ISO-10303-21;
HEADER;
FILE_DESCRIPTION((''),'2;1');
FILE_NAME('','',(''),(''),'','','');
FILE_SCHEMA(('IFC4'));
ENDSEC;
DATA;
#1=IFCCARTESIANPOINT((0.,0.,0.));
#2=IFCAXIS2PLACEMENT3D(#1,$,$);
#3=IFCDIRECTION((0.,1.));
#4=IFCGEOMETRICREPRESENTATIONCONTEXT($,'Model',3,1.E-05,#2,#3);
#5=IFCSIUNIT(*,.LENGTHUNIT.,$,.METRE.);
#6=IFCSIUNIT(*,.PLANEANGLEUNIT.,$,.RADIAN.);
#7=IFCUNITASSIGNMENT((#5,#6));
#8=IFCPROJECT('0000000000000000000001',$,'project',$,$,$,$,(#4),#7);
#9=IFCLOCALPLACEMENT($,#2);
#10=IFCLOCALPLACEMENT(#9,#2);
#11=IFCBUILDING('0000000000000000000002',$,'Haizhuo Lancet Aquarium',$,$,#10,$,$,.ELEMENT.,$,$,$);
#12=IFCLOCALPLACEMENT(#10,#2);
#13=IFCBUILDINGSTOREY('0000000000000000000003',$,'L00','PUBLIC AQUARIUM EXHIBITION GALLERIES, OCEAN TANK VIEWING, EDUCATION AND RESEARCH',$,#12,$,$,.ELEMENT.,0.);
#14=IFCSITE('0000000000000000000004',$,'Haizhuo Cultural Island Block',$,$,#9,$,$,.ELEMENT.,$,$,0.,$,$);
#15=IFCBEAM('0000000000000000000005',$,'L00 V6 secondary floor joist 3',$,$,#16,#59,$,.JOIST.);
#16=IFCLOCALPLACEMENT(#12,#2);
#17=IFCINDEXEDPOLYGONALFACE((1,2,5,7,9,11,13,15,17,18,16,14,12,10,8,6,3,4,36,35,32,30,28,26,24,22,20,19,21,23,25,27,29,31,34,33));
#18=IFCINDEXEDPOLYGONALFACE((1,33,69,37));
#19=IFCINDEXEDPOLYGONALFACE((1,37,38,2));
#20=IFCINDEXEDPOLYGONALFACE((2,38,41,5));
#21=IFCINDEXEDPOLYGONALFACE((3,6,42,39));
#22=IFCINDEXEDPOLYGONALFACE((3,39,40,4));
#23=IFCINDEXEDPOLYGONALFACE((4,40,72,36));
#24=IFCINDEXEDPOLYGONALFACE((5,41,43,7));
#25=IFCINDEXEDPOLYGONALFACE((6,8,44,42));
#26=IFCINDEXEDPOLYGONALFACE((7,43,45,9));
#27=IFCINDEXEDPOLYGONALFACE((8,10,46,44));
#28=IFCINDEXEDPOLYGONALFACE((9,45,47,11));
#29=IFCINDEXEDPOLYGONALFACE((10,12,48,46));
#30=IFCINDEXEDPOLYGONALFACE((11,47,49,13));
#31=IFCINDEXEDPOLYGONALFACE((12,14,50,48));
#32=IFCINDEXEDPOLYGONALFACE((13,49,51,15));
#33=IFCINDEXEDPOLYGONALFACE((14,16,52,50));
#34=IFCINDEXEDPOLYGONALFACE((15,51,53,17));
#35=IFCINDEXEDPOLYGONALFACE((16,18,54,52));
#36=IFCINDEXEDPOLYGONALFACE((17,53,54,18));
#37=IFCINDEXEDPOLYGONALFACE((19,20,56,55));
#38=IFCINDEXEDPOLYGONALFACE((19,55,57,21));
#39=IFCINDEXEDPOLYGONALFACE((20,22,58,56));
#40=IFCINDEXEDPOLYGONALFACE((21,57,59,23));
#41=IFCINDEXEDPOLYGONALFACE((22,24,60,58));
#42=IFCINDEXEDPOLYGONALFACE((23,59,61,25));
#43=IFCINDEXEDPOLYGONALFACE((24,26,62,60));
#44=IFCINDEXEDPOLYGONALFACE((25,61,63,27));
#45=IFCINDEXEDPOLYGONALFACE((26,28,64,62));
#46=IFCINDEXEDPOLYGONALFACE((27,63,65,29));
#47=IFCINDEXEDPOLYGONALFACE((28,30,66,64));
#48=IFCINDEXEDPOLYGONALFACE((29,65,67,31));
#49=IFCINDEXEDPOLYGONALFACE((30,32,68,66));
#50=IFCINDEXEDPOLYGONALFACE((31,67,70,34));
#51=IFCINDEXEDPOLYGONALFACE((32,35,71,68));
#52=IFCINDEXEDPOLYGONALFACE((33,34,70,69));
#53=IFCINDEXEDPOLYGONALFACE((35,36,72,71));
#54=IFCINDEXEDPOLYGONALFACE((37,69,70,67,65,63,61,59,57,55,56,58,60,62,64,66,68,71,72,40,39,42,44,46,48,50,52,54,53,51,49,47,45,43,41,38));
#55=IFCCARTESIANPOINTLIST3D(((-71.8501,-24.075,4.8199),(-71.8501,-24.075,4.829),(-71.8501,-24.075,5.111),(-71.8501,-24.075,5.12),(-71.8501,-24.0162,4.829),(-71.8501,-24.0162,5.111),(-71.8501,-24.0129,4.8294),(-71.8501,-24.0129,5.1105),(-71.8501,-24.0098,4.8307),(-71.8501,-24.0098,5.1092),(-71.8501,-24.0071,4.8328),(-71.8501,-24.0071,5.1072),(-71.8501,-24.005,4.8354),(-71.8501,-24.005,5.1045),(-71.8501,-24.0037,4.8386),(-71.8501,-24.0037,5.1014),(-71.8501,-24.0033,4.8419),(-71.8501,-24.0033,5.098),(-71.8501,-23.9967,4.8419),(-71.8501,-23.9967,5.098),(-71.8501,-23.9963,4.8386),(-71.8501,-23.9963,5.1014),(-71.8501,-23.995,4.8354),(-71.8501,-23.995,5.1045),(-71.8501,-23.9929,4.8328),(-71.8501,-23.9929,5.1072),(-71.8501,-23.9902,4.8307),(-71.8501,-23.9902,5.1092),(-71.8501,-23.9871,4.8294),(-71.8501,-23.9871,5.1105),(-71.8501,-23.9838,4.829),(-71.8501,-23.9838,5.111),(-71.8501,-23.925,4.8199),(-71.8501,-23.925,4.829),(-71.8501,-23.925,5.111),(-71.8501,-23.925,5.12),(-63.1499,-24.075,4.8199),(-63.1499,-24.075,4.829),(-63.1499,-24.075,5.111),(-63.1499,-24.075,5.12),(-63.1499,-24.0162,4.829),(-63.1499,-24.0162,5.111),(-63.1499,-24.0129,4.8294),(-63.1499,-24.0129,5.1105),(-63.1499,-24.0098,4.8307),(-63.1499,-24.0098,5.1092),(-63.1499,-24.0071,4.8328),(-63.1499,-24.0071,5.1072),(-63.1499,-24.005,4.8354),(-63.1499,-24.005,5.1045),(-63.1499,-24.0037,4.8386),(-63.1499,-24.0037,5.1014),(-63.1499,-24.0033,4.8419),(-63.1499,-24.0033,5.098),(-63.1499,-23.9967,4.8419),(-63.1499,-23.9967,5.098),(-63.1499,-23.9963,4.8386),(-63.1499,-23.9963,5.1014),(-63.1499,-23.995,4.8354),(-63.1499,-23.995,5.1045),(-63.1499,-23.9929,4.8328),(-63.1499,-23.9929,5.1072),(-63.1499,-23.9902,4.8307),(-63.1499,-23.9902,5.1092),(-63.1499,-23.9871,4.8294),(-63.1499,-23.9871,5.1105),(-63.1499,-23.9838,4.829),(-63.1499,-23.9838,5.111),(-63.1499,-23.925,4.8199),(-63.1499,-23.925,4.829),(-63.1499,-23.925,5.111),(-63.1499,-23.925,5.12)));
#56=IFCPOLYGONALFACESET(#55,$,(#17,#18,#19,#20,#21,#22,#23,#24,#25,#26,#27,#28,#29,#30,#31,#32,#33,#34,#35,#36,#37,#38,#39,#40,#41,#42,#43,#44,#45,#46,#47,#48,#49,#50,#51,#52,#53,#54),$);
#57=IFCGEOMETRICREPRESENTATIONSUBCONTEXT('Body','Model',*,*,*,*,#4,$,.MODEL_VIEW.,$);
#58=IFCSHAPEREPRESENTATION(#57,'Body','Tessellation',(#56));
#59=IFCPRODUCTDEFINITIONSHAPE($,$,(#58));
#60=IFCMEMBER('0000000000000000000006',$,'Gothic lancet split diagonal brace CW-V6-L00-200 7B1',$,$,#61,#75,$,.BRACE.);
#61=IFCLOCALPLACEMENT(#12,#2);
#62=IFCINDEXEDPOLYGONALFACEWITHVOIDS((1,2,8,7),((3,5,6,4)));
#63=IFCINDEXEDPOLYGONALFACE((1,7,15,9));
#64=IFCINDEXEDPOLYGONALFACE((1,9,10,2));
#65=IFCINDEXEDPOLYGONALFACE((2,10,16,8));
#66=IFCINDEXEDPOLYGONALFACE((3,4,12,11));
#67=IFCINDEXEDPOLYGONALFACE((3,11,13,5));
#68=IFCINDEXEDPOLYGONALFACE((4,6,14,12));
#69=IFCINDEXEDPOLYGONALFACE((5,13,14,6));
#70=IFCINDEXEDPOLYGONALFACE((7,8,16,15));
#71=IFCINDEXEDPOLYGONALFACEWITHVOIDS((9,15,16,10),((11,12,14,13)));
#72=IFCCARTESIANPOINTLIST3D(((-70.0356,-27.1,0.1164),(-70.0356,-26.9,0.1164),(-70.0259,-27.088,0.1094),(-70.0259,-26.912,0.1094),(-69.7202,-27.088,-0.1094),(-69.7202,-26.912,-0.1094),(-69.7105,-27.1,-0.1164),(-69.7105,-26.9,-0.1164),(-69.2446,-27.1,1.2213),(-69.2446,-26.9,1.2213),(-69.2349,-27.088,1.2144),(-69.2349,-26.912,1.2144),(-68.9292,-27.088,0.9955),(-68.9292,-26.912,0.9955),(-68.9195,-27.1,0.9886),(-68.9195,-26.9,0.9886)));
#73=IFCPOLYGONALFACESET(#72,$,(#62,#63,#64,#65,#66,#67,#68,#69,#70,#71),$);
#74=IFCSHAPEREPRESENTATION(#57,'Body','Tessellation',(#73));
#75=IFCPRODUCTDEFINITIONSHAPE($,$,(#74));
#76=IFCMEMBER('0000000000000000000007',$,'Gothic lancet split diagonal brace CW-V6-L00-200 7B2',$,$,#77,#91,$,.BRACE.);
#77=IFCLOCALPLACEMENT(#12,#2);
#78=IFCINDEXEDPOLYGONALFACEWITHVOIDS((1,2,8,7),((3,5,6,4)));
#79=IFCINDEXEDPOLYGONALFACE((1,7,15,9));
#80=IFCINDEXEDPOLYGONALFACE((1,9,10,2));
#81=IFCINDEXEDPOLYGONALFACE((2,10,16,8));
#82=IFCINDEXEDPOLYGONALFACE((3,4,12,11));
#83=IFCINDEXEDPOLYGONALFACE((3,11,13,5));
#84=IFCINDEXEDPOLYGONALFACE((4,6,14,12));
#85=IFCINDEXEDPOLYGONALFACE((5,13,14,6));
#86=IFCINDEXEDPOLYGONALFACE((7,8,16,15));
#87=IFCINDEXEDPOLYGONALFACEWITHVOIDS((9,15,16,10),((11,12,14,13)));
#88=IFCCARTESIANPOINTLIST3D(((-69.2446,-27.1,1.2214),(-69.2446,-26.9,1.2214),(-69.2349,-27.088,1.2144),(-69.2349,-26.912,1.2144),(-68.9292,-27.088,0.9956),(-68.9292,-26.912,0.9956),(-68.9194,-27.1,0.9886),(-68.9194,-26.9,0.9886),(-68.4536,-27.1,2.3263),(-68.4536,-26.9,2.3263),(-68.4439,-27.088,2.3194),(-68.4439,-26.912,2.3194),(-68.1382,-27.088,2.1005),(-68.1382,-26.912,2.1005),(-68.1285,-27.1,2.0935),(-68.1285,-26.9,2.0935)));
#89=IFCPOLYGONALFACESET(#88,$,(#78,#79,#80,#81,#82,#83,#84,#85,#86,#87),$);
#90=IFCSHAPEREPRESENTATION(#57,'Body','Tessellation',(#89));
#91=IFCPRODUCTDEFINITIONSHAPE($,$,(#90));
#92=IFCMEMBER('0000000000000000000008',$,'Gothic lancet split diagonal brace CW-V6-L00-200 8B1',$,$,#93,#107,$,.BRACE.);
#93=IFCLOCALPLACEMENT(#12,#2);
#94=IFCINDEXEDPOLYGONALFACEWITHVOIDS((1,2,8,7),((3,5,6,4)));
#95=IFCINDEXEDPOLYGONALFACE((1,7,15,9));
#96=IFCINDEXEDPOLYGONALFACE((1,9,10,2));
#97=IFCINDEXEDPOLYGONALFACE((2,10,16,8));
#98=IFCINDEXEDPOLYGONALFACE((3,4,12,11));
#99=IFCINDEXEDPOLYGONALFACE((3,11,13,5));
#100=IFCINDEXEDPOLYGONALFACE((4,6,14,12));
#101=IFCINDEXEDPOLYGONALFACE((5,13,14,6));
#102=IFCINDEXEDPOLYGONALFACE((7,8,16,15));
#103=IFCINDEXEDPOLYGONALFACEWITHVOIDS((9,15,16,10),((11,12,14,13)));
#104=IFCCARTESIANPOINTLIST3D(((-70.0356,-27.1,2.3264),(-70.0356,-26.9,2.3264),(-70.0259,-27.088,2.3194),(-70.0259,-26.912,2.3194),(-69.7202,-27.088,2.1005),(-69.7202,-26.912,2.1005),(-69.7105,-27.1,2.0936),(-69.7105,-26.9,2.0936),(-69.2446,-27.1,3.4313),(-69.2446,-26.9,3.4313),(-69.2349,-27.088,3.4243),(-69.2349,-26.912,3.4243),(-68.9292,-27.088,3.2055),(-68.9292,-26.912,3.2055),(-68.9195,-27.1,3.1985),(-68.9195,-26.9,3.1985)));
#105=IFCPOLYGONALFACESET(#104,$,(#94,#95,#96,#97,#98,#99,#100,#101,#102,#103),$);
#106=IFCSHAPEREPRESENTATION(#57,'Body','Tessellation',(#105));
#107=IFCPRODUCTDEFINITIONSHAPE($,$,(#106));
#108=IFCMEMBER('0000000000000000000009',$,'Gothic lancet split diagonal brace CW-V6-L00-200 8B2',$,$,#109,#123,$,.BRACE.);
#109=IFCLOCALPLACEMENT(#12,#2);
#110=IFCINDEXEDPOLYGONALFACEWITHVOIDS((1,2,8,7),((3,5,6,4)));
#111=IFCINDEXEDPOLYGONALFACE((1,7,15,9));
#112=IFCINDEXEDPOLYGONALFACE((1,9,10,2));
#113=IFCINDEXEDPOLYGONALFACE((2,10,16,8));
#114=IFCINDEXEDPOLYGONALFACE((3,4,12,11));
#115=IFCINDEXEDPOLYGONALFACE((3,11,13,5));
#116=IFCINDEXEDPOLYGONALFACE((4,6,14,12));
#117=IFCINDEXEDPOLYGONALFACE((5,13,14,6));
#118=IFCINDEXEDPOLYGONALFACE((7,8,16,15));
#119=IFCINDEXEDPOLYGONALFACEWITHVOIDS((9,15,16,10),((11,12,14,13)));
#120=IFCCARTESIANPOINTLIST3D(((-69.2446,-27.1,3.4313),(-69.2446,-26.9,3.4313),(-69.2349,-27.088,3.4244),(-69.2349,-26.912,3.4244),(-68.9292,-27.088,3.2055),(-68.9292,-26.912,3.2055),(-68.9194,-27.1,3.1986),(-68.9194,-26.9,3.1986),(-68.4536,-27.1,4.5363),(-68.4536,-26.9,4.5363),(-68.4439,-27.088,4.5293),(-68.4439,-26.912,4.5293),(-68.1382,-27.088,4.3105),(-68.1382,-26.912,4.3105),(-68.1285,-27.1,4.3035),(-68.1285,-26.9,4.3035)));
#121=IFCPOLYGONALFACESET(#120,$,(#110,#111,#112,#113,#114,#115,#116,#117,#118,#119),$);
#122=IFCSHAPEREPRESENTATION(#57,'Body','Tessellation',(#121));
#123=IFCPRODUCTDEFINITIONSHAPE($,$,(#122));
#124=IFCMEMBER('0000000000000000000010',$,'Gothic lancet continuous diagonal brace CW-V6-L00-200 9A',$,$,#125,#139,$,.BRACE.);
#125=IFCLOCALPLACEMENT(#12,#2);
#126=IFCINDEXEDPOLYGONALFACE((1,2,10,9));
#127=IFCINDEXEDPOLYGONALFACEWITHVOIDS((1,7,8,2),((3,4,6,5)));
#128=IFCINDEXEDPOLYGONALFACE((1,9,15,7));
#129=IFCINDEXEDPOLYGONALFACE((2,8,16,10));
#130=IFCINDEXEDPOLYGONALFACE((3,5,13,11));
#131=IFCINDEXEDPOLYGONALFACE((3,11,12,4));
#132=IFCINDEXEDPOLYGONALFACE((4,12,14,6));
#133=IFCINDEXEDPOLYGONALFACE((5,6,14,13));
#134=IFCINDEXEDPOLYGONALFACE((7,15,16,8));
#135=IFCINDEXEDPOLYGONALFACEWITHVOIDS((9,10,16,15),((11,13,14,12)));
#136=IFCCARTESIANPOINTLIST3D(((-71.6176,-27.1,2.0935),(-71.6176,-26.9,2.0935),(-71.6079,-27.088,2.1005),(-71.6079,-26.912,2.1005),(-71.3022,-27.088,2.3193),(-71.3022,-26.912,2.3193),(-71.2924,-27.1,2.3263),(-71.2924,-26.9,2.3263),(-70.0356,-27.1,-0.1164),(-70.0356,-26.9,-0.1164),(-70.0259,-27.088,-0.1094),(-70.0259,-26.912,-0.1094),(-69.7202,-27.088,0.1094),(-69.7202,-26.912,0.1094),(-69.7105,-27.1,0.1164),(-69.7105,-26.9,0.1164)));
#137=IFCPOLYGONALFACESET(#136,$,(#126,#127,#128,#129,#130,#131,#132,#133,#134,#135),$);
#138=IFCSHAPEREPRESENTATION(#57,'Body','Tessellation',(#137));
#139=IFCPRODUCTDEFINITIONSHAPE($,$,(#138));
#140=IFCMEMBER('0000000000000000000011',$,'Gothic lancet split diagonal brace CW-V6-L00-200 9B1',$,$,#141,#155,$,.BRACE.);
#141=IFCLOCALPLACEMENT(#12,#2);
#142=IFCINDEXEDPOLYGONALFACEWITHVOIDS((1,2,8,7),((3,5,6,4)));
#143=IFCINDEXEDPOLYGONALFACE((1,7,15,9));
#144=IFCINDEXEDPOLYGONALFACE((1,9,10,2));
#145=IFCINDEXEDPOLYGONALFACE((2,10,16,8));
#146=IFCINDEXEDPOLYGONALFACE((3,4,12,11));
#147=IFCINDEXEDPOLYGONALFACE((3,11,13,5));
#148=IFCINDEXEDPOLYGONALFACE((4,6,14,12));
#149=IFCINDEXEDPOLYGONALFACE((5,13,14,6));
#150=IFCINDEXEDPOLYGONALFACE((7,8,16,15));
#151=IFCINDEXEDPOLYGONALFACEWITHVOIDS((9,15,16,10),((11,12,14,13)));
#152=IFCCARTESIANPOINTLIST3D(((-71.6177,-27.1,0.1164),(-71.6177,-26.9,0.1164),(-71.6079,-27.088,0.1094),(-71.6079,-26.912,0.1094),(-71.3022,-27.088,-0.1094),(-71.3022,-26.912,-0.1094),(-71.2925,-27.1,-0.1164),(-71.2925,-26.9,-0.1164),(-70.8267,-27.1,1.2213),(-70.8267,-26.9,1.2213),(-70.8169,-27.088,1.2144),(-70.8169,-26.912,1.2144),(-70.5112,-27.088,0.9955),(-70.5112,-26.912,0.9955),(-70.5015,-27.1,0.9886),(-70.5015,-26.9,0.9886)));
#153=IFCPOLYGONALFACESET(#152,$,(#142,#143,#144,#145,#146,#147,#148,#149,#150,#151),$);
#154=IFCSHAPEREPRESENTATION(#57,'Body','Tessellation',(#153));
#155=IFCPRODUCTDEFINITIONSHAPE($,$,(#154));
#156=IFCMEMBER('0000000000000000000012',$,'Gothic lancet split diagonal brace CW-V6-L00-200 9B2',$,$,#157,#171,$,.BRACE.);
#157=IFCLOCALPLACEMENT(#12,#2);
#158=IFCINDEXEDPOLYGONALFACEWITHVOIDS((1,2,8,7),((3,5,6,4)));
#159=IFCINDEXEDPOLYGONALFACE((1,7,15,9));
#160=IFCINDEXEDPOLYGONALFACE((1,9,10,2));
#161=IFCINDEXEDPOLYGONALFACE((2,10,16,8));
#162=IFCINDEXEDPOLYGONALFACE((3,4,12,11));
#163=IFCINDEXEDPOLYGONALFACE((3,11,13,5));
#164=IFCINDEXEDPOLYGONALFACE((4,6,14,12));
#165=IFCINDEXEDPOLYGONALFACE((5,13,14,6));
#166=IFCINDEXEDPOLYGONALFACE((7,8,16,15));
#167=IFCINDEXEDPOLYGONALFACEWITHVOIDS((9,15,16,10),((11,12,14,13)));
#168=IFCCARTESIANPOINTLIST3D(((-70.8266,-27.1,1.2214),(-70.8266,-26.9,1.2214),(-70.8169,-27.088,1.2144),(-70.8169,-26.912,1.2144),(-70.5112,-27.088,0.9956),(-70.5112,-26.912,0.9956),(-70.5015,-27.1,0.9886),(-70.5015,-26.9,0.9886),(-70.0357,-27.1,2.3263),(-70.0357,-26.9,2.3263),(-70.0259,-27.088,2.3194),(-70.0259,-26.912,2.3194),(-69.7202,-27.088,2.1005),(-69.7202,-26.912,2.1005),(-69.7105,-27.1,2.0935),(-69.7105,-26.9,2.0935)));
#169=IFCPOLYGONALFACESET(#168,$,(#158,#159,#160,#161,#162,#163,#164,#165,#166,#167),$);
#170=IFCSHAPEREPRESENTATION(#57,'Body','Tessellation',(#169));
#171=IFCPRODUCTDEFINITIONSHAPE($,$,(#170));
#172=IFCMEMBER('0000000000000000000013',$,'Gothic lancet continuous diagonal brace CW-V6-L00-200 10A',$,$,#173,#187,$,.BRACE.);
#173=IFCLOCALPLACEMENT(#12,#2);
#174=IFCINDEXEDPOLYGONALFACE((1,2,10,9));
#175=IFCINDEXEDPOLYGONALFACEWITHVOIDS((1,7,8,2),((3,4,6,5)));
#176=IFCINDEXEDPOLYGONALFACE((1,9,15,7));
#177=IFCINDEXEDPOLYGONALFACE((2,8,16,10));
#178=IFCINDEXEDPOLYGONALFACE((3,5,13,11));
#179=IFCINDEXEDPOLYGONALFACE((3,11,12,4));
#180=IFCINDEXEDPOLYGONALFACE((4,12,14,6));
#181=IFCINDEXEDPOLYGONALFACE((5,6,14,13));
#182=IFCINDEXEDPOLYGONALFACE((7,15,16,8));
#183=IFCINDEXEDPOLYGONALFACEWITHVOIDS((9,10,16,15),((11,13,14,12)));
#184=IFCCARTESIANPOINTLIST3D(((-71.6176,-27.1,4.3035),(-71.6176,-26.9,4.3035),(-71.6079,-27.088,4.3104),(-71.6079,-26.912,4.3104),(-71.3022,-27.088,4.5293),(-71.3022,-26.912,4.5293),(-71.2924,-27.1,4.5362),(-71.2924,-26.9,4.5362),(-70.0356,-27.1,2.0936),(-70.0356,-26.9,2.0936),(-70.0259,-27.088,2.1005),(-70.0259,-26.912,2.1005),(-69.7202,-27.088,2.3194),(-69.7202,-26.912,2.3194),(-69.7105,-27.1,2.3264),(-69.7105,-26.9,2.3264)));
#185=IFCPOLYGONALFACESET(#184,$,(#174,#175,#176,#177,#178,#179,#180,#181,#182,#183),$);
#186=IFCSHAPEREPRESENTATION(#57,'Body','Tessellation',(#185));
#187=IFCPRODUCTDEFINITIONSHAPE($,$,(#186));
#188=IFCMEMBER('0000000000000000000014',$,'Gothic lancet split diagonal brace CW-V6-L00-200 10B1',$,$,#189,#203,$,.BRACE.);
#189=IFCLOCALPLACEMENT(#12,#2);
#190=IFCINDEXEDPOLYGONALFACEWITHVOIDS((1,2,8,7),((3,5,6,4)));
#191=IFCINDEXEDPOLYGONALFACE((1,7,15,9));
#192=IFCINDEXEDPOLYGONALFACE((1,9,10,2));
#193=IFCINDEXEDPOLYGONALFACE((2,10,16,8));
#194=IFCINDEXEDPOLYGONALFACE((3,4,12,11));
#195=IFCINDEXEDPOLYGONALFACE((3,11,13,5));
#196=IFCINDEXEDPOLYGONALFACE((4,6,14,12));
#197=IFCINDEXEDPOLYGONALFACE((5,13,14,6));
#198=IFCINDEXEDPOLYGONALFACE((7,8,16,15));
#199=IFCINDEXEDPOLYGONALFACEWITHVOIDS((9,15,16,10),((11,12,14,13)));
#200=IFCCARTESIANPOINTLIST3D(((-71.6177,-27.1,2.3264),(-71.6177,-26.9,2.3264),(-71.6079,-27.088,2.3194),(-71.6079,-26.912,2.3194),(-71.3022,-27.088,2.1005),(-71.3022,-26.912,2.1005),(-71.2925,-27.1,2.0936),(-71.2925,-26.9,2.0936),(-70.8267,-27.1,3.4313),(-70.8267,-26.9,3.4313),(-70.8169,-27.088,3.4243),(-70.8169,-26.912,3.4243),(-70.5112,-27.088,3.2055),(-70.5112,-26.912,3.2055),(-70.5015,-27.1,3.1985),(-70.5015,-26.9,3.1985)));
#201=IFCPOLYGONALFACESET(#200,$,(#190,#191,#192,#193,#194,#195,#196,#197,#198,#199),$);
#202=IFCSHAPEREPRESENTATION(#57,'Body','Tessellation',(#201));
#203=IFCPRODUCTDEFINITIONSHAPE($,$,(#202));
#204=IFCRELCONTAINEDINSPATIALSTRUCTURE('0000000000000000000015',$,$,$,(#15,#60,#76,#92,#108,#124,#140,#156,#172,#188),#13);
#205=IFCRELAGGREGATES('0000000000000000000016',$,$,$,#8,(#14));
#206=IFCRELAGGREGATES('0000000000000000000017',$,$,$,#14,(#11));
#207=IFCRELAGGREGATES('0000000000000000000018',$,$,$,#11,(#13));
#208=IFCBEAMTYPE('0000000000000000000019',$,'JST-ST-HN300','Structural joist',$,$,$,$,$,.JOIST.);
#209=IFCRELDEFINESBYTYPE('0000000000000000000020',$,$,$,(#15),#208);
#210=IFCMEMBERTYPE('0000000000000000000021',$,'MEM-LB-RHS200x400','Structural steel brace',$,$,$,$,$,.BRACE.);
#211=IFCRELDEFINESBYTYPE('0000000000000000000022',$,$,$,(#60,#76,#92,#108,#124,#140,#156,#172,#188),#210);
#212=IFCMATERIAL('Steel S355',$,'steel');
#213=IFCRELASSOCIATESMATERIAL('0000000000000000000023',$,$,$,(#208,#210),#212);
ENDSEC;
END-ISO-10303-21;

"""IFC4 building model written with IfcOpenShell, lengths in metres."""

from ifc_helpers import new_model, si_unit, direction, frame, origin, origin_2d, place, context, subcontext, project, spatial, hollow_rectangle, i_section, extrude, material, material_profile, profile_set, type_object, element, save


model = new_model("IFC4")

# Units and contexts
model_context = context("Model", 3, precision=1e-05, world=origin(), true_north=direction((0.0, 1.0)))
body_context = subcontext(model_context, "Body", "Model", "MODEL_VIEW")
ifc_project = project(units=[si_unit("LENGTHUNIT", "METRE"), si_unit("PLANEANGLEUNIT", "RADIAN")], contexts=[model_context])

# Site, building, storey
site_placement = place(None, origin())
site = spatial("IfcSite", under=ifc_project, at=site_placement, Name="Haizhuo Cultural Island Block", CompositionType="ELEMENT", RefElevation=0.0)
building_placement = place(site_placement, origin())
building = spatial("IfcBuilding", under=site, at=building_placement, Name="Haizhuo Lancet Aquarium", CompositionType="ELEMENT")
storey_placement = place(building_placement, origin())
storey = spatial("IfcBuildingStorey", under=building, at=storey_placement, Name="L00", Description="PUBLIC AQUARIUM EXHIBITION GALLERIES, OCEAN TANK VIEWING, EDUCATION AND RESEARCH", CompositionType="ELEMENT", Elevation=0.0)

# Beam
ifc_material_1 = material(Name="Steel S355", Category="steel")
ifc_material_profile_1 = material_profile(ifc_material_1, i_section(OverallWidth=0.1499, OverallDepth=0.3, WebThickness=0.0066, FlangeThickness=0.009, FilletRadius=0.0129, at=origin_2d()), Name="HN 300x150x6.5x9")
ifc_profile_set_1 = profile_set([ifc_material_profile_1], Name="Steel S355")
beam_type = type_object("IfcBeamType", Name="JST-ST-HN300", Description="Structural joist", PredefinedType="JOIST", material=ifc_profile_set_1)
beam_placement = place(storey_placement, frame((-71.8501, -24.0, 4.97), z_axis=(1.0, 0.0, 0.0), x_axis=(0.0, 1.0, 0.0)))
element("IfcBeam", 1, at=beam_placement, inside=storey, type_object=beam_type, Name="L00 V6 secondary floor joist 3", PredefinedType="JOIST", context=body_context, shape_type="SweptSolid", body=[
    extrude(i_section(OverallWidth=0.1499, OverallDepth=0.3, WebThickness=0.0066, FlangeThickness=0.009, FilletRadius=0.0129, at=origin_2d()), origin(), (0.0, 0.0, 1.0), 8.7002),
])

# Members
ifc_material_profile_2 = material_profile(ifc_material_1, hollow_rectangle(XDim=0.2, YDim=0.3999, WallThickness=0.012, at=origin_2d()), Name="RHS 200x400x12")
ifc_profile_set_2 = profile_set([ifc_material_profile_2], Name="Steel S355")
member_type_1 = type_object("IfcMemberType", Name="MEM-LB-RHS200x400", Description="Structural steel brace", PredefinedType="BRACE", material=ifc_profile_set_2)
for number, where, z_axis, x_axis, name in (
    (2, (-69.873, -27.0, 0.0), (0.582088, 0.0, 0.813126), (0.0, 1.0, 0.0), "Gothic lancet split diagonal brace CW-V6-L00-200 7B1"),
    (3, (-69.082, -27.0, 1.105), (0.582088, 0.0, 0.813126), (0.0, 1.0, 0.0), "Gothic lancet split diagonal brace CW-V6-L00-200 7B2"),
    (4, (-69.873, -27.0, 2.21), (0.582088, 0.0, 0.813126), (0.0, 1.0, 0.0), "Gothic lancet split diagonal brace CW-V6-L00-200 8B1"),
    (5, (-69.082, -27.0, 3.3149), (0.582088, 0.0, 0.813126), (0.0, 1.0, 0.0), "Gothic lancet split diagonal brace CW-V6-L00-200 8B2"),
):
    element("IfcMember", number, at=place(storey_placement, frame(where, z_axis=z_axis, x_axis=x_axis)), inside=storey, type_object=member_type_1, Name=name, PredefinedType="BRACE", context=body_context, shape_type="SweptSolid", body=[
        extrude(hollow_rectangle(XDim=0.2, YDim=0.3999, WallThickness=0.012, at=origin_2d()), origin(), (0.0, 0.0, 1.0), 1.3589),
    ])
member_1_placement = place(storey_placement, frame((-69.873, -27.0, 0.0), z_axis=(-0.582088, 0.0, 0.813126), x_axis=(0.0, -1.0, 0.0)))
element("IfcMember", 6, at=member_1_placement, inside=storey, type_object=member_type_1, Name="Gothic lancet continuous diagonal brace CW-V6-L00-200 9A", PredefinedType="BRACE", context=body_context, shape_type="SweptSolid", body=[
    extrude(hollow_rectangle(XDim=0.2, YDim=0.3999, WallThickness=0.012, at=origin_2d()), origin(), (0.0, 0.0, 1.0), 2.7178),
])
for number, where, z_axis, x_axis, name in (
    (7, (-71.4551, -27.0, 0.0), (0.582088, 0.0, 0.813126), (0.0, 1.0, 0.0), "Gothic lancet split diagonal brace CW-V6-L00-200 9B1"),
    (8, (-70.6641, -27.0, 1.105), (0.582088, 0.0, 0.813126), (0.0, 1.0, 0.0), "Gothic lancet split diagonal brace CW-V6-L00-200 9B2"),
):
    element("IfcMember", number, at=place(storey_placement, frame(where, z_axis=z_axis, x_axis=x_axis)), inside=storey, type_object=member_type_1, Name=name, PredefinedType="BRACE", context=body_context, shape_type="SweptSolid", body=[
        extrude(hollow_rectangle(XDim=0.2, YDim=0.3999, WallThickness=0.012, at=origin_2d()), origin(), (0.0, 0.0, 1.0), 1.3589),
    ])
member_2_placement = place(storey_placement, frame((-69.873, -27.0, 2.21), z_axis=(-0.582088, 0.0, 0.813126), x_axis=(0.0, -1.0, 0.0)))
element("IfcMember", 9, at=member_2_placement, inside=storey, type_object=member_type_1, Name="Gothic lancet continuous diagonal brace CW-V6-L00-200 10A", PredefinedType="BRACE", context=body_context, shape_type="SweptSolid", body=[
    extrude(hollow_rectangle(XDim=0.2, YDim=0.3999, WallThickness=0.012, at=origin_2d()), origin(), (0.0, 0.0, 1.0), 2.7178),
])
for number, where, z_axis, x_axis, name in (
    (10, (-71.4551, -27.0, 2.21), (0.582088, 0.0, 0.813126), (0.0, 1.0, 0.0), "Gothic lancet split diagonal brace CW-V6-L00-200 10B1"),
):
    element("IfcMember", number, at=place(storey_placement, frame(where, z_axis=z_axis, x_axis=x_axis)), inside=storey, type_object=member_type_1, Name=name, PredefinedType="BRACE", context=body_context, shape_type="SweptSolid", body=[
        extrude(hollow_rectangle(XDim=0.2, YDim=0.3999, WallThickness=0.012, at=origin_2d()), origin(), (0.0, 0.0, 1.0), 1.3589),
    ])

save(model, "model.ifc")
